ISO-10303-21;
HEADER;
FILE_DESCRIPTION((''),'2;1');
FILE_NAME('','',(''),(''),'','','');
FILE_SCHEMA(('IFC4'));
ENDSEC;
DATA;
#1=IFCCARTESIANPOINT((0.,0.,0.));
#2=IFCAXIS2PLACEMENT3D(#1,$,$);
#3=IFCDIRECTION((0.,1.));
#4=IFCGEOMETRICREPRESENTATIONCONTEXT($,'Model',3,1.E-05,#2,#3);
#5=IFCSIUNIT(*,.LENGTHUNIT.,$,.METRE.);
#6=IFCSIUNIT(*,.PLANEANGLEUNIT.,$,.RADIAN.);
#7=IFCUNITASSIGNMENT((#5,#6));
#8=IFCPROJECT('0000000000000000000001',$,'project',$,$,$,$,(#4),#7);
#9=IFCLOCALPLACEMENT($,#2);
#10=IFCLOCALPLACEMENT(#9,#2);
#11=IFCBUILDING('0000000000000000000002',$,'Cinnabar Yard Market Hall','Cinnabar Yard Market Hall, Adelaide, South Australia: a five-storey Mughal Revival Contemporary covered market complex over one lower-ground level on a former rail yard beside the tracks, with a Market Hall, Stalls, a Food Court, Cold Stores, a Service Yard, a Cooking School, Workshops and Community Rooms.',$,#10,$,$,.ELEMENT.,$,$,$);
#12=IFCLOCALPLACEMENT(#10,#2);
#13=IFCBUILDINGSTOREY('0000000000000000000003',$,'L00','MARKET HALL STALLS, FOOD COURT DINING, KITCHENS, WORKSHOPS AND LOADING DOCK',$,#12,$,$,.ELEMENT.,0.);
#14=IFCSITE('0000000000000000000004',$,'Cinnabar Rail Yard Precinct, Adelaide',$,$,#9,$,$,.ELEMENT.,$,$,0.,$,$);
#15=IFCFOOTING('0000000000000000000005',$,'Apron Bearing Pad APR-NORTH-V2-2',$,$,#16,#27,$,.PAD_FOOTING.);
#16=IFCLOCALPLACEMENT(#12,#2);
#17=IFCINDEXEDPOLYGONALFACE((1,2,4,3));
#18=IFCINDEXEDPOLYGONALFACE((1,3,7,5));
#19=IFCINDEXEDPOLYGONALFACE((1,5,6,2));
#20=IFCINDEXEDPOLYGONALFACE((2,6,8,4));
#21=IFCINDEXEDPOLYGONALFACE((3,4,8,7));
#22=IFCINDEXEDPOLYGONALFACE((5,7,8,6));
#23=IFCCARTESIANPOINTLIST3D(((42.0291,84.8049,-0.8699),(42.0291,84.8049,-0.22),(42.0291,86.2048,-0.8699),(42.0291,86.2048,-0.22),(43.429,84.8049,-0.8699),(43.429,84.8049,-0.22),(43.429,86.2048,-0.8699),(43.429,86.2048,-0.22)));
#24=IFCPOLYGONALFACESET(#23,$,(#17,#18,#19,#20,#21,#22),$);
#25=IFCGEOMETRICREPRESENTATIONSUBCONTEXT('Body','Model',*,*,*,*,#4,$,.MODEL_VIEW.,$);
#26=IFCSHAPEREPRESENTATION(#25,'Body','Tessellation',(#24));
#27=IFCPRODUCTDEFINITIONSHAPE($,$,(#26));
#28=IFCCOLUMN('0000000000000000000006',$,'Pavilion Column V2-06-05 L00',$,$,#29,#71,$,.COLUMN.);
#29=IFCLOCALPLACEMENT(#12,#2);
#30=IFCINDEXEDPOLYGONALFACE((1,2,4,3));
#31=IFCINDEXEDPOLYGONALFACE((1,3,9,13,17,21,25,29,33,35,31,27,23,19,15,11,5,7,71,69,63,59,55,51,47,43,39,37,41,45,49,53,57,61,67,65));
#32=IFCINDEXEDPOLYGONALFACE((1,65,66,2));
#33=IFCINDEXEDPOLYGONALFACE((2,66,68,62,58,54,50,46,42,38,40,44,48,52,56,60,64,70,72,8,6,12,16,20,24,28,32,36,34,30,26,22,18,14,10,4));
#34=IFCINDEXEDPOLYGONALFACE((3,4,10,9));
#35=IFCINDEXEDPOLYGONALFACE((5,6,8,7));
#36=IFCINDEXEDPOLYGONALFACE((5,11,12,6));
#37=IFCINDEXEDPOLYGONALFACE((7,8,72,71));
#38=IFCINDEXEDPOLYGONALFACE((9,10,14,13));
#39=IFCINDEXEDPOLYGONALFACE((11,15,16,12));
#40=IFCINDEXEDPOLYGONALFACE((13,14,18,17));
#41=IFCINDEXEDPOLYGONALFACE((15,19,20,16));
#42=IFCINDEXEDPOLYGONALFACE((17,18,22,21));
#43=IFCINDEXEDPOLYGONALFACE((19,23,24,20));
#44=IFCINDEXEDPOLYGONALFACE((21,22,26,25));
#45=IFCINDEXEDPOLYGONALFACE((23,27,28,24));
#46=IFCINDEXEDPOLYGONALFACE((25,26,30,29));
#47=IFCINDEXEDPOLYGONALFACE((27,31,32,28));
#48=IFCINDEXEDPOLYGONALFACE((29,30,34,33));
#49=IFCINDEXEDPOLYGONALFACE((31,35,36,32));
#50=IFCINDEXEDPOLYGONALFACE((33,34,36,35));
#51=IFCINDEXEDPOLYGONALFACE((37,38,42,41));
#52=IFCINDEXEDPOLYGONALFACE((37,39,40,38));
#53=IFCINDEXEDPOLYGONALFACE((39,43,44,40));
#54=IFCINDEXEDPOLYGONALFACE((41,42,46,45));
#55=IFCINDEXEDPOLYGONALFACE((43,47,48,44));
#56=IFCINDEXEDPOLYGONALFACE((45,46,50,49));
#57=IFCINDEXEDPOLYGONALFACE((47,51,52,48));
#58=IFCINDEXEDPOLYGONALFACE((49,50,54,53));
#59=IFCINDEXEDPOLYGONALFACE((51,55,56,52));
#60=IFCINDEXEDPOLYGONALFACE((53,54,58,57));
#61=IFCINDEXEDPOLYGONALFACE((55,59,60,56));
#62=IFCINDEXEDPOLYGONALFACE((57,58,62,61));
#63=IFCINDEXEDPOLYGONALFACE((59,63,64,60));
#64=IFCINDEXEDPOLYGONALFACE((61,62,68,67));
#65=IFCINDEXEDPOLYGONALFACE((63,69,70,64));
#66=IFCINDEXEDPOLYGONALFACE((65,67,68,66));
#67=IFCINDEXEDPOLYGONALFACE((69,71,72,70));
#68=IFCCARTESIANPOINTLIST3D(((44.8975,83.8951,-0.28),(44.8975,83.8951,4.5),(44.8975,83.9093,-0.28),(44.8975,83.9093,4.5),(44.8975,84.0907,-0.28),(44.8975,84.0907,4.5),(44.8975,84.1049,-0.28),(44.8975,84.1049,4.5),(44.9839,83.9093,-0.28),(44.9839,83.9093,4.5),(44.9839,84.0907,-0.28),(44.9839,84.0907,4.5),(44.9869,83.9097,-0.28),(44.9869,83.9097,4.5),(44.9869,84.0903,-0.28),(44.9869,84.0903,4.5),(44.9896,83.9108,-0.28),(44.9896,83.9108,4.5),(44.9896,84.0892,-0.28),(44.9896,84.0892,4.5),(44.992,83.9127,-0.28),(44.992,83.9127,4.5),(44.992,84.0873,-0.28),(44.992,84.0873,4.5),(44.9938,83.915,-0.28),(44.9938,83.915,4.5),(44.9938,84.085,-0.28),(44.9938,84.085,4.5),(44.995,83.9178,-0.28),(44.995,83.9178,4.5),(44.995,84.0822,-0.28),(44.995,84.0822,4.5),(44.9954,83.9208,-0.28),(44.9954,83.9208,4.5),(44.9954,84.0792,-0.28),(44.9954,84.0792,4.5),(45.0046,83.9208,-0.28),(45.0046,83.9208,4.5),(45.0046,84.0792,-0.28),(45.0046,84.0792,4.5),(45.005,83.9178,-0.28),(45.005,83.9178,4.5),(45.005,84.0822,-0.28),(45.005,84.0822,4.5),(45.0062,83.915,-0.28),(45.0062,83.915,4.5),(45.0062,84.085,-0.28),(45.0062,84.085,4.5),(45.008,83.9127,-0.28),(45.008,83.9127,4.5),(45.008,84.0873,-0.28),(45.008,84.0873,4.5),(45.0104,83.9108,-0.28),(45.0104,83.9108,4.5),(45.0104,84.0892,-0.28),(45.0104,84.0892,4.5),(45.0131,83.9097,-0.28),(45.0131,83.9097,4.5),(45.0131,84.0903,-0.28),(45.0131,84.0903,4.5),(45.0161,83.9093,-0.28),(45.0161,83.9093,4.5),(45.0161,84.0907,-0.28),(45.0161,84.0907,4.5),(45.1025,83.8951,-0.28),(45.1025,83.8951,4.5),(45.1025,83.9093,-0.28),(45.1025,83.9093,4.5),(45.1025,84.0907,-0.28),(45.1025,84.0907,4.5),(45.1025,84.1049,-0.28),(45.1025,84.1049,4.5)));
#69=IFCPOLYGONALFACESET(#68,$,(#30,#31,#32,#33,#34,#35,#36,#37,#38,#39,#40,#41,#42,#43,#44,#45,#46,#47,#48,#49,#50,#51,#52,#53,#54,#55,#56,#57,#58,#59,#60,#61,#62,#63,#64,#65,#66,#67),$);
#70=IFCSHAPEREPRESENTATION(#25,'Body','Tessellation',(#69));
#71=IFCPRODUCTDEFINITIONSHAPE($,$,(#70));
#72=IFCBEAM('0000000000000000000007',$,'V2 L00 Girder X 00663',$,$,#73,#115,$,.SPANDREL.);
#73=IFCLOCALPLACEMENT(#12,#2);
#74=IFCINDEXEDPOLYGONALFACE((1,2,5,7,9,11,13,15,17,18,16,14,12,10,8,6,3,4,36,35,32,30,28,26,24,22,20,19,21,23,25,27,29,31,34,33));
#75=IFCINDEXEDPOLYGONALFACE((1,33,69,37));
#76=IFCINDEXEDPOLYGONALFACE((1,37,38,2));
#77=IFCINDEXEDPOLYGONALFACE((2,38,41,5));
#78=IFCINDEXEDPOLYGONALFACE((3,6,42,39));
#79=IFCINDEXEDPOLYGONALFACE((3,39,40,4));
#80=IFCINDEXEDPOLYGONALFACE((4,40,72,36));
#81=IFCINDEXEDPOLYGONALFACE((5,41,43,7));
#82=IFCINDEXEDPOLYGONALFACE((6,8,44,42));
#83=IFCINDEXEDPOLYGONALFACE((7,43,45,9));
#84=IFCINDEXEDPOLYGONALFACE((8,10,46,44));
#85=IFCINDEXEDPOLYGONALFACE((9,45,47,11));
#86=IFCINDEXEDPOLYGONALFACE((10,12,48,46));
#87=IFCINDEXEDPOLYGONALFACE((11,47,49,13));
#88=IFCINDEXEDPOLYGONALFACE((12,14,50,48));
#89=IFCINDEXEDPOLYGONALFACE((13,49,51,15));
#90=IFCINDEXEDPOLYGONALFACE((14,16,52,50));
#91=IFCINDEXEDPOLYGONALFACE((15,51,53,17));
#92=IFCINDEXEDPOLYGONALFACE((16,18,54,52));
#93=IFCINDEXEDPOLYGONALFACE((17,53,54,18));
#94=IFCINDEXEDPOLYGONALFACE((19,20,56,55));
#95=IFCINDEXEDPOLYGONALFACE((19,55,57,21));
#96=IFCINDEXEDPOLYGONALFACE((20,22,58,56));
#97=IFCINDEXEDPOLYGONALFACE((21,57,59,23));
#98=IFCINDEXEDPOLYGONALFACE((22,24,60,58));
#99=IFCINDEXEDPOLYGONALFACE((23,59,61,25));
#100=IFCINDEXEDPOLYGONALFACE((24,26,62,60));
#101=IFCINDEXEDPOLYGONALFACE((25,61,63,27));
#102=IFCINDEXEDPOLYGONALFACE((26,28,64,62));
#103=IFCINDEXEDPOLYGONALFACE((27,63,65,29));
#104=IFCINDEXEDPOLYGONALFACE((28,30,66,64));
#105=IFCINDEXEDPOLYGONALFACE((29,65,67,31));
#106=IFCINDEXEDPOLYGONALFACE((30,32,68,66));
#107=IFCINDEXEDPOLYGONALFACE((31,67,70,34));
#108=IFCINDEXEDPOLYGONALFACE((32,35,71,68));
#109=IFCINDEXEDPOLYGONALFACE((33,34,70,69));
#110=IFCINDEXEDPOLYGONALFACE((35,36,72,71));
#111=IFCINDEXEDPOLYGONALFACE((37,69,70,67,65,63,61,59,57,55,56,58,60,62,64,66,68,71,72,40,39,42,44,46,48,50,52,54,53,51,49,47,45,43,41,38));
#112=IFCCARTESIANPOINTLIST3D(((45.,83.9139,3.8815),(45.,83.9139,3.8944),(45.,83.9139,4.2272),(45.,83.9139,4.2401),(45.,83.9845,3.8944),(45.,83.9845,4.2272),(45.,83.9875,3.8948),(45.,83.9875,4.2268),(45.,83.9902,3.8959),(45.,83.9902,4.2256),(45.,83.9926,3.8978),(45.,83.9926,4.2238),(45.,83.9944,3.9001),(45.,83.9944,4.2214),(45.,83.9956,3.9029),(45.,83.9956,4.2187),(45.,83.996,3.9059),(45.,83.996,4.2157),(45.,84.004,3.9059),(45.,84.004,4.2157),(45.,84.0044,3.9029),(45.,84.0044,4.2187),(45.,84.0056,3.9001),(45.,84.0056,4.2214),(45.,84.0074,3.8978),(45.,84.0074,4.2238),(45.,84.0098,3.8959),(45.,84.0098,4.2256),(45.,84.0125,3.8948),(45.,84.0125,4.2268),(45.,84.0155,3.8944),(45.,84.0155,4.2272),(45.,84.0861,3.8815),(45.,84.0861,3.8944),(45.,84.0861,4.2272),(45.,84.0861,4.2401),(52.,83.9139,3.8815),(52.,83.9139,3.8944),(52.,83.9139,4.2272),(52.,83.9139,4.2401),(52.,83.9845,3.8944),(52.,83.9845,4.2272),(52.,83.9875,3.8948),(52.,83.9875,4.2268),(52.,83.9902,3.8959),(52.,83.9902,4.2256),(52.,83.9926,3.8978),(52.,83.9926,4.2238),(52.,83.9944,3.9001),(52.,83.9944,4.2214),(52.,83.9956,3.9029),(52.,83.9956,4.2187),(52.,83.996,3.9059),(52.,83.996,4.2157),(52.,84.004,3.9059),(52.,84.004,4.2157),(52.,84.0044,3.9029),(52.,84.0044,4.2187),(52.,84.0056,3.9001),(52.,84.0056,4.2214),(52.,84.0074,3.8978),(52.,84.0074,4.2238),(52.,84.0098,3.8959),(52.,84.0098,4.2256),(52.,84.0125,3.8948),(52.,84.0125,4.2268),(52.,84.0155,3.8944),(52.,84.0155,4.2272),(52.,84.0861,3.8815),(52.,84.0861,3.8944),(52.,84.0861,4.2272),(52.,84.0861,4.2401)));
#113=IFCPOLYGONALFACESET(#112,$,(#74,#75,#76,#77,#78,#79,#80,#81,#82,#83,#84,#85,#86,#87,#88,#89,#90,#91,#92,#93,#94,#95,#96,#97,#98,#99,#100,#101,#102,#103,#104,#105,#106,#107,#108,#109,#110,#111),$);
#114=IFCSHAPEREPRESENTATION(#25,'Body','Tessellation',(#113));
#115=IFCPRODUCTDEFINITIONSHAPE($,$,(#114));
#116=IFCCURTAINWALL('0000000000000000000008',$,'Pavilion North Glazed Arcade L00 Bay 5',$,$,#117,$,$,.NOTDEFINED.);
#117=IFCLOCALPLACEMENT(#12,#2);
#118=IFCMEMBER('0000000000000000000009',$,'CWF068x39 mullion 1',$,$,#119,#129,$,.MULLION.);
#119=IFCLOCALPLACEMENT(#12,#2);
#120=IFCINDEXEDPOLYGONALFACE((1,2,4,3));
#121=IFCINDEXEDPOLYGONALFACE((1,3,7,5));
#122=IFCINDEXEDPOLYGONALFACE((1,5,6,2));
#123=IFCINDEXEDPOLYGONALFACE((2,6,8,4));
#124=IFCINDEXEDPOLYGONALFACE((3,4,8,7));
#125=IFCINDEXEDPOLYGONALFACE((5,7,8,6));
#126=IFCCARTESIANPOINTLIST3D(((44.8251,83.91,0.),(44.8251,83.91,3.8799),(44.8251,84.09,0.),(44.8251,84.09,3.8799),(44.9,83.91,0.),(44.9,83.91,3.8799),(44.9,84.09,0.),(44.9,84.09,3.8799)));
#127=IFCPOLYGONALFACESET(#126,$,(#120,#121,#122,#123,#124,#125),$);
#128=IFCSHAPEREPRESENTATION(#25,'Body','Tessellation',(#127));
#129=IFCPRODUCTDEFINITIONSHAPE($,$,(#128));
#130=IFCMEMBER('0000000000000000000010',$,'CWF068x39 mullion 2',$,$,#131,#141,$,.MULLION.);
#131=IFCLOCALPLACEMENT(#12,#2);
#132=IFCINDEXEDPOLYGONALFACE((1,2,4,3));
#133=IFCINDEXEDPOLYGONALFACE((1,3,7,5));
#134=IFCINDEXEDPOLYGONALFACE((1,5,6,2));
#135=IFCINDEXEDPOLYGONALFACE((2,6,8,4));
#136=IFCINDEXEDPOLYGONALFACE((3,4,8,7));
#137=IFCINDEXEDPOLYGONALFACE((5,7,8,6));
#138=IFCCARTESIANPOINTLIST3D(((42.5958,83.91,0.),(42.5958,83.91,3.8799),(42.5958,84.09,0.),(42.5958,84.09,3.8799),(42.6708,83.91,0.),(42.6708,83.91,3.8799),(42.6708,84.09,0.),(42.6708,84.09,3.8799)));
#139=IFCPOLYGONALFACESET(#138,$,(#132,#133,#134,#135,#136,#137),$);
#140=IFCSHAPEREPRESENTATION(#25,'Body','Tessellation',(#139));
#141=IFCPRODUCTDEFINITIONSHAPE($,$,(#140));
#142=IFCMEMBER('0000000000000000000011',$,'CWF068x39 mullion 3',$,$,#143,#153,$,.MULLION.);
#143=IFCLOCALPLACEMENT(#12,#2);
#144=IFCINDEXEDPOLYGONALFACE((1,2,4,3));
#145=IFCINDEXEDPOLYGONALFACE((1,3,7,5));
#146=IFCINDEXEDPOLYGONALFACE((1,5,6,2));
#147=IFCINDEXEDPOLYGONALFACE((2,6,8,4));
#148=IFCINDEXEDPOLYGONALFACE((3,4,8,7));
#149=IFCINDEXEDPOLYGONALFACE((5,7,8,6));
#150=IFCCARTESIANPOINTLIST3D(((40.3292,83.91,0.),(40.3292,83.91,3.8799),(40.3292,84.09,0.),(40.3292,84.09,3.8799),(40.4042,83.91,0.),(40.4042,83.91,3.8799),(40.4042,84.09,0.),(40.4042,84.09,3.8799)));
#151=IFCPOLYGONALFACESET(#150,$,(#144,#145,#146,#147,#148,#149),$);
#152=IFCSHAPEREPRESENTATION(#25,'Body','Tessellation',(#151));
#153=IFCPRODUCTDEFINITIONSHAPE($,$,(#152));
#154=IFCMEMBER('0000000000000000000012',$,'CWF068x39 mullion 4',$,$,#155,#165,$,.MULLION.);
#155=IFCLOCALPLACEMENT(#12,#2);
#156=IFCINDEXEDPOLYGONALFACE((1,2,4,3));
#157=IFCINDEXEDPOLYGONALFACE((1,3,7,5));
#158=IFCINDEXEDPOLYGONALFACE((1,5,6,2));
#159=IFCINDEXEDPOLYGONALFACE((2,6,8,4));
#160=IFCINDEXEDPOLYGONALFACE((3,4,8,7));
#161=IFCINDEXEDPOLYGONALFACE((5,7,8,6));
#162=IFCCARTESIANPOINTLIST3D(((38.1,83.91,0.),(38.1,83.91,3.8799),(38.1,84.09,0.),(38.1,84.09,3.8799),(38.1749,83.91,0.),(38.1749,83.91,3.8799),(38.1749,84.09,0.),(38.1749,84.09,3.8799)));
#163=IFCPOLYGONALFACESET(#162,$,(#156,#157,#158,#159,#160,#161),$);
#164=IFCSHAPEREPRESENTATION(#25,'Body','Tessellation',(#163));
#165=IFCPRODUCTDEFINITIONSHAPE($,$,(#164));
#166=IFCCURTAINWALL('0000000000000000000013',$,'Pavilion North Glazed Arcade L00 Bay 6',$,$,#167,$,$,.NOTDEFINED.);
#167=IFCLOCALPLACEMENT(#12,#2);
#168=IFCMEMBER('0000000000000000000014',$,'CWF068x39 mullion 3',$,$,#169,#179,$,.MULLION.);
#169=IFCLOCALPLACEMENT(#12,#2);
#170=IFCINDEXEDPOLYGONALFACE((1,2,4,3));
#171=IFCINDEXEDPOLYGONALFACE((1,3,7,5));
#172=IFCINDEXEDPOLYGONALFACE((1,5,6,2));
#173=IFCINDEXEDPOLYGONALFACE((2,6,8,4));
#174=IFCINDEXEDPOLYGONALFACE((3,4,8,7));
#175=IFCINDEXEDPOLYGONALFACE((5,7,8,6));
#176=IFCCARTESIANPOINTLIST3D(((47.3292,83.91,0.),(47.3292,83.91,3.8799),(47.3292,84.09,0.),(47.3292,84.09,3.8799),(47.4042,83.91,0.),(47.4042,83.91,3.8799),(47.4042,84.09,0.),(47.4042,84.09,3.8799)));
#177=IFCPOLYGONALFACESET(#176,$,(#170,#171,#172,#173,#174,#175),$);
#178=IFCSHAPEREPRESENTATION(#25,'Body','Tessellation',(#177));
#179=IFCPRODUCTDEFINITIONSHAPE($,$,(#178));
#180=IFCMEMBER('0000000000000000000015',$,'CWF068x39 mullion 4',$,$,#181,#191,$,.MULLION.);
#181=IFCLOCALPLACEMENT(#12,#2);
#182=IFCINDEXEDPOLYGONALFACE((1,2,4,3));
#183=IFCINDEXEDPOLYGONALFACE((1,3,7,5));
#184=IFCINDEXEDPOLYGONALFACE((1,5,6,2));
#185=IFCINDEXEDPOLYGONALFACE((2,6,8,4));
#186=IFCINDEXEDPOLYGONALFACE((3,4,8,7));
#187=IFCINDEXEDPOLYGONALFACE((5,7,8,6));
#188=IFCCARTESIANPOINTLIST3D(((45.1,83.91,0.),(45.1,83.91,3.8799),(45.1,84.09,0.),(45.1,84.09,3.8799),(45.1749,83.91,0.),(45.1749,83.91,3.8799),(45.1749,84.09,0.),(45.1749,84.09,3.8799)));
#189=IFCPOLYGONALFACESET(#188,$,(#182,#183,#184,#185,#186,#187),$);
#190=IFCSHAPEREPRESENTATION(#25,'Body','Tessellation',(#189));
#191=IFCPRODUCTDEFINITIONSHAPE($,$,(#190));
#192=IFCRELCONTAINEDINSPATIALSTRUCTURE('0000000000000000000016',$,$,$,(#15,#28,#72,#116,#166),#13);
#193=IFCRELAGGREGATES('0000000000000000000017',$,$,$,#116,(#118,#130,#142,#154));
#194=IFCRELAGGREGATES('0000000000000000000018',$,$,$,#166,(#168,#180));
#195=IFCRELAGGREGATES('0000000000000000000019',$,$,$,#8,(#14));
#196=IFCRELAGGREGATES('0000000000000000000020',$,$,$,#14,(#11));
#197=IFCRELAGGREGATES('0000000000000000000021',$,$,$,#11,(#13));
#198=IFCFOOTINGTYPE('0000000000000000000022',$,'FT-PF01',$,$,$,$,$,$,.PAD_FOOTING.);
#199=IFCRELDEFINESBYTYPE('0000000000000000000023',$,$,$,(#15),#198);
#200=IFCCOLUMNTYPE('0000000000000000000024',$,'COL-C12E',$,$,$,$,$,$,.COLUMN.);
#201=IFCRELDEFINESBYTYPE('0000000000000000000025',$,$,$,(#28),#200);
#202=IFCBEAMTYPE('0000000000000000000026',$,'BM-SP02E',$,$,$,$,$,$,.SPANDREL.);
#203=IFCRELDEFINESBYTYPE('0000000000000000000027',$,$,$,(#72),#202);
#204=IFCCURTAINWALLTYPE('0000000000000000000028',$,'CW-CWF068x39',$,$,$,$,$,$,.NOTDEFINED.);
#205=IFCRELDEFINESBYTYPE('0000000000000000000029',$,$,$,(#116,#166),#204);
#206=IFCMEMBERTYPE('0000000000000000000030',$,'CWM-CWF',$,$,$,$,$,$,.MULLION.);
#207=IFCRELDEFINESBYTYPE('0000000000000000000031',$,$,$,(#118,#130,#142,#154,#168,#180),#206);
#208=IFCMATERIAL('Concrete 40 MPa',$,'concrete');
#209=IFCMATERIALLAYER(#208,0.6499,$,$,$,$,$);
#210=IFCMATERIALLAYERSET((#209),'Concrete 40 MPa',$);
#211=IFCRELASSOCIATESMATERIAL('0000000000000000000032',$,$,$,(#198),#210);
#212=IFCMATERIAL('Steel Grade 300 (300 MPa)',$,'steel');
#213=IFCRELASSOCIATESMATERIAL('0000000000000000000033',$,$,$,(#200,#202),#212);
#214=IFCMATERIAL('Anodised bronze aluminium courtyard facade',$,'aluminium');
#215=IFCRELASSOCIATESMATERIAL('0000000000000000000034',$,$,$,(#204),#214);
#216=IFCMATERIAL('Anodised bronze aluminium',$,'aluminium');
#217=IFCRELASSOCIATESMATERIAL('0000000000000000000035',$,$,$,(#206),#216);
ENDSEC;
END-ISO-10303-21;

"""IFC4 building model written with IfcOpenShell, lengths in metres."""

from ifc_helpers import new_model, si_unit, direction, frame, origin, origin_2d_with_axis, place, context, subcontext, project, spatial, rectangle, i_section, extrude, material, layer, layer_set, material_profile, profile_set, type_object, element, aggregate, save


model = new_model("IFC4")

# Units and contexts
model_context = context("Model", 3, precision=1e-05, world=origin(), true_north=direction((0.0, 1.0)))
body_context = subcontext(model_context, "Body", "Model", "MODEL_VIEW")
ifc_project = project(units=[si_unit("LENGTHUNIT", "METRE"), si_unit("PLANEANGLEUNIT", "RADIAN")], contexts=[model_context])

# Site, building, storey
site_placement = place(None, origin())
site = spatial("IfcSite", under=ifc_project, at=site_placement, Name="Cinnabar Rail Yard Precinct, Adelaide", CompositionType="ELEMENT", RefElevation=0.0)
building_placement = place(site_placement, origin())
building = spatial("IfcBuilding", under=site, at=building_placement, Name="Cinnabar Yard Market Hall", Description="Cinnabar Yard Market Hall, Adelaide, South Australia: a five-storey Mughal Revival Contemporary covered market complex over one lower-ground level on a former rail yard beside the tracks, with a Market Hall, Stalls, a Food Court, Cold Stores, a Service Yard, a Cooking School, Workshops and Community Rooms.", CompositionType="ELEMENT")
storey_placement = place(building_placement, origin())
storey = spatial("IfcBuildingStorey", under=building, at=storey_placement, Name="L00", Description="MARKET HALL STALLS, FOOD COURT DINING, KITCHENS, WORKSHOPS AND LOADING DOCK", CompositionType="ELEMENT", Elevation=0.0)

# Footing
ifc_material_1 = material(Name="Concrete 40 MPa", Category="concrete")
ifc_layer_1 = layer(ifc_material_1, 0.6499)
ifc_layer_set_1 = layer_set([ifc_layer_1], Name="Concrete 40 MPa")
footing_type = type_object("IfcFootingType", Name="FT-PF01", PredefinedType="PAD_FOOTING", material=ifc_layer_set_1)
footing_placement = place(storey_placement, frame((42.729, 85.5049, -0.8699), z_axis=(0.0, 0.0, 1.0), x_axis=(1.0, 0.0, 0.0)))
element("IfcFooting", 1, at=footing_placement, inside=storey, type_object=footing_type, Name="Apron Bearing Pad APR-NORTH-V2-2", PredefinedType="PAD_FOOTING", context=body_context, shape_type="SweptSolid", body=[
    extrude(rectangle(XDim=1.3999, YDim=1.3999, at=origin_2d_with_axis()), origin(), (0.0, 0.0, 1.0), 0.6499),
])

# Column
ifc_material_2 = material(Name="Steel Grade 300 (300 MPa)", Category="steel")
ifc_material_profile_1 = material_profile(ifc_material_2, i_section(OverallWidth=0.2051, OverallDepth=0.2097, WebThickness=0.0093, FlangeThickness=0.0142, FilletRadius=0.0115, at=origin_2d_with_axis()), Name="200UC59.5")
ifc_profile_set_1 = profile_set([ifc_material_profile_1], Name="Steel Grade 300 (300 MPa)")
column_type = type_object("IfcColumnType", Name="COL-C12E", PredefinedType="COLUMN", material=ifc_profile_set_1)
column_placement = place(storey_placement, frame((45.0, 84.0, -0.28), z_axis=(0.0, 0.0, 1.0), x_axis=(1.0, 0.0, 0.0)))
element("IfcColumn", 2, at=column_placement, inside=storey, type_object=column_type, Name="Pavilion Column V2-06-05 L00", PredefinedType="COLUMN", context=body_context, shape_type="SweptSolid", body=[
    extrude(i_section(OverallWidth=0.2051, OverallDepth=0.2097, WebThickness=0.0093, FlangeThickness=0.0142, FilletRadius=0.0115, at=origin_2d_with_axis()), origin(), (0.0, 0.0, 1.0), 4.78),
])

# Beam
ifc_material_profile_2 = material_profile(ifc_material_2, i_section(OverallWidth=0.1721, OverallDepth=0.3586, WebThickness=0.0081, FlangeThickness=0.0129, FilletRadius=0.0115, at=origin_2d_with_axis()), Name="360UB56.7")
ifc_profile_set_2 = profile_set([ifc_material_profile_2], Name="Steel Grade 300 (300 MPa)")
beam_type = type_object("IfcBeamType", Name="BM-SP02E", PredefinedType="SPANDREL", material=ifc_profile_set_2)
beam_placement = place(storey_placement, frame((45.0, 84.0, 4.0608), z_axis=(1.0, 0.0, 0.0), x_axis=(0.0, 1.0, 0.0)))
element("IfcBeam", 3, at=beam_placement, inside=storey, type_object=beam_type, Name="V2 L00 Girder X 00663", PredefinedType="SPANDREL", context=body_context, shape_type="SweptSolid", body=[
    extrude(i_section(OverallWidth=0.1721, OverallDepth=0.3586, WebThickness=0.0081, FlangeThickness=0.0129, FilletRadius=0.0115, at=origin_2d_with_axis()), origin(), (0.0, 0.0, 1.0), 7.0),
])

# Curtain walls, members
ifc_material_3 = material(Name="Anodised bronze aluminium courtyard facade", Category="aluminium")
curtain_wall_type = type_object("IfcCurtainWallType", Name="CW-CWF068x39", PredefinedType="NOTDEFINED", material=ifc_material_3)
curtain_wall_1_placement = place(storey_placement, origin())
curtain_wall_1 = element("IfcCurtainWall", 4, at=curtain_wall_1_placement, inside=storey, type_object=curtain_wall_type, Name="Pavilion North Glazed Arcade L00 Bay 5", PredefinedType="NOTDEFINED")
ifc_material_4 = material(Name="Anodised bronze aluminium", Category="aluminium")
ifc_material_profile_3 = material_profile(ifc_material_4, rectangle(XDim=0.1799, YDim=0.075, at=origin_2d_with_axis()), Name="MUL-CWF")
ifc_profile_set_3 = profile_set([ifc_material_profile_3], Name="Anodised bronze aluminium")
member_type_1 = type_object("IfcMemberType", Name="CWM-CWF", PredefinedType="MULLION", material=ifc_profile_set_3)
member_1_placement = place(storey_placement, frame((44.8625, 84.0, 0.0), z_axis=(0.0, 0.0, 1.0), x_axis=(0.0, -1.0, 0.0)))
member_1 = element("IfcMember", 5, at=member_1_placement, type_object=member_type_1, Name="CWF068x39 mullion 1", PredefinedType="MULLION", context=body_context, shape_type="SweptSolid", body=[
    extrude(rectangle(XDim=0.1799, YDim=0.075, at=origin_2d_with_axis()), origin(), (0.0, 0.0, 1.0), 3.8799),
])
member_2_placement = place(storey_placement, frame((42.6333, 84.0, 0.0), z_axis=(0.0, 0.0, 1.0), x_axis=(0.0, -1.0, 0.0)))
member_2 = element("IfcMember", 6, at=member_2_placement, type_object=member_type_1, Name="CWF068x39 mullion 2", PredefinedType="MULLION", context=body_context, shape_type="SweptSolid", body=[
    extrude(rectangle(XDim=0.1799, YDim=0.075, at=origin_2d_with_axis()), origin(), (0.0, 0.0, 1.0), 3.8799),
])
member_3_placement = place(storey_placement, frame((40.3667, 84.0, 0.0), z_axis=(0.0, 0.0, 1.0), x_axis=(0.0, -1.0, 0.0)))
member_3 = element("IfcMember", 7, at=member_3_placement, type_object=member_type_1, Name="CWF068x39 mullion 3", PredefinedType="MULLION", context=body_context, shape_type="SweptSolid", body=[
    extrude(rectangle(XDim=0.1799, YDim=0.075, at=origin_2d_with_axis()), origin(), (0.0, 0.0, 1.0), 3.8799),
])
member_4_placement = place(storey_placement, frame((38.1375, 84.0, 0.0), z_axis=(0.0, 0.0, 1.0), x_axis=(0.0, -1.0, 0.0)))
member_4 = element("IfcMember", 8, at=member_4_placement, type_object=member_type_1, Name="CWF068x39 mullion 4", PredefinedType="MULLION", context=body_context, shape_type="SweptSolid", body=[
    extrude(rectangle(XDim=0.1799, YDim=0.075, at=origin_2d_with_axis()), origin(), (0.0, 0.0, 1.0), 3.8799),
])
curtain_wall_2_placement = place(storey_placement, origin())
curtain_wall_2 = element("IfcCurtainWall", 9, at=curtain_wall_2_placement, inside=storey, type_object=curtain_wall_type, Name="Pavilion North Glazed Arcade L00 Bay 6", PredefinedType="NOTDEFINED")
member_5_placement = place(storey_placement, frame((47.3667, 84.0, 0.0), z_axis=(0.0, 0.0, 1.0), x_axis=(0.0, -1.0, 0.0)))
member_5 = element("IfcMember", 10, at=member_5_placement, type_object=member_type_1, Name="CWF068x39 mullion 3", PredefinedType="MULLION", context=body_context, shape_type="SweptSolid", body=[
    extrude(rectangle(XDim=0.1799, YDim=0.075, at=origin_2d_with_axis()), origin(), (0.0, 0.0, 1.0), 3.8799),
])
member_6_placement = place(storey_placement, frame((45.1375, 84.0, 0.0), z_axis=(0.0, 0.0, 1.0), x_axis=(0.0, -1.0, 0.0)))
member_6 = element("IfcMember", 11, at=member_6_placement, type_object=member_type_1, Name="CWF068x39 mullion 4", PredefinedType="MULLION", context=body_context, shape_type="SweptSolid", body=[
    extrude(rectangle(XDim=0.1799, YDim=0.075, at=origin_2d_with_axis()), origin(), (0.0, 0.0, 1.0), 3.8799),
])

aggregate(curtain_wall_1, [member_1, member_2, member_3, member_4])
aggregate(curtain_wall_2, [member_5, member_6])

save(model, "model.ifc")
